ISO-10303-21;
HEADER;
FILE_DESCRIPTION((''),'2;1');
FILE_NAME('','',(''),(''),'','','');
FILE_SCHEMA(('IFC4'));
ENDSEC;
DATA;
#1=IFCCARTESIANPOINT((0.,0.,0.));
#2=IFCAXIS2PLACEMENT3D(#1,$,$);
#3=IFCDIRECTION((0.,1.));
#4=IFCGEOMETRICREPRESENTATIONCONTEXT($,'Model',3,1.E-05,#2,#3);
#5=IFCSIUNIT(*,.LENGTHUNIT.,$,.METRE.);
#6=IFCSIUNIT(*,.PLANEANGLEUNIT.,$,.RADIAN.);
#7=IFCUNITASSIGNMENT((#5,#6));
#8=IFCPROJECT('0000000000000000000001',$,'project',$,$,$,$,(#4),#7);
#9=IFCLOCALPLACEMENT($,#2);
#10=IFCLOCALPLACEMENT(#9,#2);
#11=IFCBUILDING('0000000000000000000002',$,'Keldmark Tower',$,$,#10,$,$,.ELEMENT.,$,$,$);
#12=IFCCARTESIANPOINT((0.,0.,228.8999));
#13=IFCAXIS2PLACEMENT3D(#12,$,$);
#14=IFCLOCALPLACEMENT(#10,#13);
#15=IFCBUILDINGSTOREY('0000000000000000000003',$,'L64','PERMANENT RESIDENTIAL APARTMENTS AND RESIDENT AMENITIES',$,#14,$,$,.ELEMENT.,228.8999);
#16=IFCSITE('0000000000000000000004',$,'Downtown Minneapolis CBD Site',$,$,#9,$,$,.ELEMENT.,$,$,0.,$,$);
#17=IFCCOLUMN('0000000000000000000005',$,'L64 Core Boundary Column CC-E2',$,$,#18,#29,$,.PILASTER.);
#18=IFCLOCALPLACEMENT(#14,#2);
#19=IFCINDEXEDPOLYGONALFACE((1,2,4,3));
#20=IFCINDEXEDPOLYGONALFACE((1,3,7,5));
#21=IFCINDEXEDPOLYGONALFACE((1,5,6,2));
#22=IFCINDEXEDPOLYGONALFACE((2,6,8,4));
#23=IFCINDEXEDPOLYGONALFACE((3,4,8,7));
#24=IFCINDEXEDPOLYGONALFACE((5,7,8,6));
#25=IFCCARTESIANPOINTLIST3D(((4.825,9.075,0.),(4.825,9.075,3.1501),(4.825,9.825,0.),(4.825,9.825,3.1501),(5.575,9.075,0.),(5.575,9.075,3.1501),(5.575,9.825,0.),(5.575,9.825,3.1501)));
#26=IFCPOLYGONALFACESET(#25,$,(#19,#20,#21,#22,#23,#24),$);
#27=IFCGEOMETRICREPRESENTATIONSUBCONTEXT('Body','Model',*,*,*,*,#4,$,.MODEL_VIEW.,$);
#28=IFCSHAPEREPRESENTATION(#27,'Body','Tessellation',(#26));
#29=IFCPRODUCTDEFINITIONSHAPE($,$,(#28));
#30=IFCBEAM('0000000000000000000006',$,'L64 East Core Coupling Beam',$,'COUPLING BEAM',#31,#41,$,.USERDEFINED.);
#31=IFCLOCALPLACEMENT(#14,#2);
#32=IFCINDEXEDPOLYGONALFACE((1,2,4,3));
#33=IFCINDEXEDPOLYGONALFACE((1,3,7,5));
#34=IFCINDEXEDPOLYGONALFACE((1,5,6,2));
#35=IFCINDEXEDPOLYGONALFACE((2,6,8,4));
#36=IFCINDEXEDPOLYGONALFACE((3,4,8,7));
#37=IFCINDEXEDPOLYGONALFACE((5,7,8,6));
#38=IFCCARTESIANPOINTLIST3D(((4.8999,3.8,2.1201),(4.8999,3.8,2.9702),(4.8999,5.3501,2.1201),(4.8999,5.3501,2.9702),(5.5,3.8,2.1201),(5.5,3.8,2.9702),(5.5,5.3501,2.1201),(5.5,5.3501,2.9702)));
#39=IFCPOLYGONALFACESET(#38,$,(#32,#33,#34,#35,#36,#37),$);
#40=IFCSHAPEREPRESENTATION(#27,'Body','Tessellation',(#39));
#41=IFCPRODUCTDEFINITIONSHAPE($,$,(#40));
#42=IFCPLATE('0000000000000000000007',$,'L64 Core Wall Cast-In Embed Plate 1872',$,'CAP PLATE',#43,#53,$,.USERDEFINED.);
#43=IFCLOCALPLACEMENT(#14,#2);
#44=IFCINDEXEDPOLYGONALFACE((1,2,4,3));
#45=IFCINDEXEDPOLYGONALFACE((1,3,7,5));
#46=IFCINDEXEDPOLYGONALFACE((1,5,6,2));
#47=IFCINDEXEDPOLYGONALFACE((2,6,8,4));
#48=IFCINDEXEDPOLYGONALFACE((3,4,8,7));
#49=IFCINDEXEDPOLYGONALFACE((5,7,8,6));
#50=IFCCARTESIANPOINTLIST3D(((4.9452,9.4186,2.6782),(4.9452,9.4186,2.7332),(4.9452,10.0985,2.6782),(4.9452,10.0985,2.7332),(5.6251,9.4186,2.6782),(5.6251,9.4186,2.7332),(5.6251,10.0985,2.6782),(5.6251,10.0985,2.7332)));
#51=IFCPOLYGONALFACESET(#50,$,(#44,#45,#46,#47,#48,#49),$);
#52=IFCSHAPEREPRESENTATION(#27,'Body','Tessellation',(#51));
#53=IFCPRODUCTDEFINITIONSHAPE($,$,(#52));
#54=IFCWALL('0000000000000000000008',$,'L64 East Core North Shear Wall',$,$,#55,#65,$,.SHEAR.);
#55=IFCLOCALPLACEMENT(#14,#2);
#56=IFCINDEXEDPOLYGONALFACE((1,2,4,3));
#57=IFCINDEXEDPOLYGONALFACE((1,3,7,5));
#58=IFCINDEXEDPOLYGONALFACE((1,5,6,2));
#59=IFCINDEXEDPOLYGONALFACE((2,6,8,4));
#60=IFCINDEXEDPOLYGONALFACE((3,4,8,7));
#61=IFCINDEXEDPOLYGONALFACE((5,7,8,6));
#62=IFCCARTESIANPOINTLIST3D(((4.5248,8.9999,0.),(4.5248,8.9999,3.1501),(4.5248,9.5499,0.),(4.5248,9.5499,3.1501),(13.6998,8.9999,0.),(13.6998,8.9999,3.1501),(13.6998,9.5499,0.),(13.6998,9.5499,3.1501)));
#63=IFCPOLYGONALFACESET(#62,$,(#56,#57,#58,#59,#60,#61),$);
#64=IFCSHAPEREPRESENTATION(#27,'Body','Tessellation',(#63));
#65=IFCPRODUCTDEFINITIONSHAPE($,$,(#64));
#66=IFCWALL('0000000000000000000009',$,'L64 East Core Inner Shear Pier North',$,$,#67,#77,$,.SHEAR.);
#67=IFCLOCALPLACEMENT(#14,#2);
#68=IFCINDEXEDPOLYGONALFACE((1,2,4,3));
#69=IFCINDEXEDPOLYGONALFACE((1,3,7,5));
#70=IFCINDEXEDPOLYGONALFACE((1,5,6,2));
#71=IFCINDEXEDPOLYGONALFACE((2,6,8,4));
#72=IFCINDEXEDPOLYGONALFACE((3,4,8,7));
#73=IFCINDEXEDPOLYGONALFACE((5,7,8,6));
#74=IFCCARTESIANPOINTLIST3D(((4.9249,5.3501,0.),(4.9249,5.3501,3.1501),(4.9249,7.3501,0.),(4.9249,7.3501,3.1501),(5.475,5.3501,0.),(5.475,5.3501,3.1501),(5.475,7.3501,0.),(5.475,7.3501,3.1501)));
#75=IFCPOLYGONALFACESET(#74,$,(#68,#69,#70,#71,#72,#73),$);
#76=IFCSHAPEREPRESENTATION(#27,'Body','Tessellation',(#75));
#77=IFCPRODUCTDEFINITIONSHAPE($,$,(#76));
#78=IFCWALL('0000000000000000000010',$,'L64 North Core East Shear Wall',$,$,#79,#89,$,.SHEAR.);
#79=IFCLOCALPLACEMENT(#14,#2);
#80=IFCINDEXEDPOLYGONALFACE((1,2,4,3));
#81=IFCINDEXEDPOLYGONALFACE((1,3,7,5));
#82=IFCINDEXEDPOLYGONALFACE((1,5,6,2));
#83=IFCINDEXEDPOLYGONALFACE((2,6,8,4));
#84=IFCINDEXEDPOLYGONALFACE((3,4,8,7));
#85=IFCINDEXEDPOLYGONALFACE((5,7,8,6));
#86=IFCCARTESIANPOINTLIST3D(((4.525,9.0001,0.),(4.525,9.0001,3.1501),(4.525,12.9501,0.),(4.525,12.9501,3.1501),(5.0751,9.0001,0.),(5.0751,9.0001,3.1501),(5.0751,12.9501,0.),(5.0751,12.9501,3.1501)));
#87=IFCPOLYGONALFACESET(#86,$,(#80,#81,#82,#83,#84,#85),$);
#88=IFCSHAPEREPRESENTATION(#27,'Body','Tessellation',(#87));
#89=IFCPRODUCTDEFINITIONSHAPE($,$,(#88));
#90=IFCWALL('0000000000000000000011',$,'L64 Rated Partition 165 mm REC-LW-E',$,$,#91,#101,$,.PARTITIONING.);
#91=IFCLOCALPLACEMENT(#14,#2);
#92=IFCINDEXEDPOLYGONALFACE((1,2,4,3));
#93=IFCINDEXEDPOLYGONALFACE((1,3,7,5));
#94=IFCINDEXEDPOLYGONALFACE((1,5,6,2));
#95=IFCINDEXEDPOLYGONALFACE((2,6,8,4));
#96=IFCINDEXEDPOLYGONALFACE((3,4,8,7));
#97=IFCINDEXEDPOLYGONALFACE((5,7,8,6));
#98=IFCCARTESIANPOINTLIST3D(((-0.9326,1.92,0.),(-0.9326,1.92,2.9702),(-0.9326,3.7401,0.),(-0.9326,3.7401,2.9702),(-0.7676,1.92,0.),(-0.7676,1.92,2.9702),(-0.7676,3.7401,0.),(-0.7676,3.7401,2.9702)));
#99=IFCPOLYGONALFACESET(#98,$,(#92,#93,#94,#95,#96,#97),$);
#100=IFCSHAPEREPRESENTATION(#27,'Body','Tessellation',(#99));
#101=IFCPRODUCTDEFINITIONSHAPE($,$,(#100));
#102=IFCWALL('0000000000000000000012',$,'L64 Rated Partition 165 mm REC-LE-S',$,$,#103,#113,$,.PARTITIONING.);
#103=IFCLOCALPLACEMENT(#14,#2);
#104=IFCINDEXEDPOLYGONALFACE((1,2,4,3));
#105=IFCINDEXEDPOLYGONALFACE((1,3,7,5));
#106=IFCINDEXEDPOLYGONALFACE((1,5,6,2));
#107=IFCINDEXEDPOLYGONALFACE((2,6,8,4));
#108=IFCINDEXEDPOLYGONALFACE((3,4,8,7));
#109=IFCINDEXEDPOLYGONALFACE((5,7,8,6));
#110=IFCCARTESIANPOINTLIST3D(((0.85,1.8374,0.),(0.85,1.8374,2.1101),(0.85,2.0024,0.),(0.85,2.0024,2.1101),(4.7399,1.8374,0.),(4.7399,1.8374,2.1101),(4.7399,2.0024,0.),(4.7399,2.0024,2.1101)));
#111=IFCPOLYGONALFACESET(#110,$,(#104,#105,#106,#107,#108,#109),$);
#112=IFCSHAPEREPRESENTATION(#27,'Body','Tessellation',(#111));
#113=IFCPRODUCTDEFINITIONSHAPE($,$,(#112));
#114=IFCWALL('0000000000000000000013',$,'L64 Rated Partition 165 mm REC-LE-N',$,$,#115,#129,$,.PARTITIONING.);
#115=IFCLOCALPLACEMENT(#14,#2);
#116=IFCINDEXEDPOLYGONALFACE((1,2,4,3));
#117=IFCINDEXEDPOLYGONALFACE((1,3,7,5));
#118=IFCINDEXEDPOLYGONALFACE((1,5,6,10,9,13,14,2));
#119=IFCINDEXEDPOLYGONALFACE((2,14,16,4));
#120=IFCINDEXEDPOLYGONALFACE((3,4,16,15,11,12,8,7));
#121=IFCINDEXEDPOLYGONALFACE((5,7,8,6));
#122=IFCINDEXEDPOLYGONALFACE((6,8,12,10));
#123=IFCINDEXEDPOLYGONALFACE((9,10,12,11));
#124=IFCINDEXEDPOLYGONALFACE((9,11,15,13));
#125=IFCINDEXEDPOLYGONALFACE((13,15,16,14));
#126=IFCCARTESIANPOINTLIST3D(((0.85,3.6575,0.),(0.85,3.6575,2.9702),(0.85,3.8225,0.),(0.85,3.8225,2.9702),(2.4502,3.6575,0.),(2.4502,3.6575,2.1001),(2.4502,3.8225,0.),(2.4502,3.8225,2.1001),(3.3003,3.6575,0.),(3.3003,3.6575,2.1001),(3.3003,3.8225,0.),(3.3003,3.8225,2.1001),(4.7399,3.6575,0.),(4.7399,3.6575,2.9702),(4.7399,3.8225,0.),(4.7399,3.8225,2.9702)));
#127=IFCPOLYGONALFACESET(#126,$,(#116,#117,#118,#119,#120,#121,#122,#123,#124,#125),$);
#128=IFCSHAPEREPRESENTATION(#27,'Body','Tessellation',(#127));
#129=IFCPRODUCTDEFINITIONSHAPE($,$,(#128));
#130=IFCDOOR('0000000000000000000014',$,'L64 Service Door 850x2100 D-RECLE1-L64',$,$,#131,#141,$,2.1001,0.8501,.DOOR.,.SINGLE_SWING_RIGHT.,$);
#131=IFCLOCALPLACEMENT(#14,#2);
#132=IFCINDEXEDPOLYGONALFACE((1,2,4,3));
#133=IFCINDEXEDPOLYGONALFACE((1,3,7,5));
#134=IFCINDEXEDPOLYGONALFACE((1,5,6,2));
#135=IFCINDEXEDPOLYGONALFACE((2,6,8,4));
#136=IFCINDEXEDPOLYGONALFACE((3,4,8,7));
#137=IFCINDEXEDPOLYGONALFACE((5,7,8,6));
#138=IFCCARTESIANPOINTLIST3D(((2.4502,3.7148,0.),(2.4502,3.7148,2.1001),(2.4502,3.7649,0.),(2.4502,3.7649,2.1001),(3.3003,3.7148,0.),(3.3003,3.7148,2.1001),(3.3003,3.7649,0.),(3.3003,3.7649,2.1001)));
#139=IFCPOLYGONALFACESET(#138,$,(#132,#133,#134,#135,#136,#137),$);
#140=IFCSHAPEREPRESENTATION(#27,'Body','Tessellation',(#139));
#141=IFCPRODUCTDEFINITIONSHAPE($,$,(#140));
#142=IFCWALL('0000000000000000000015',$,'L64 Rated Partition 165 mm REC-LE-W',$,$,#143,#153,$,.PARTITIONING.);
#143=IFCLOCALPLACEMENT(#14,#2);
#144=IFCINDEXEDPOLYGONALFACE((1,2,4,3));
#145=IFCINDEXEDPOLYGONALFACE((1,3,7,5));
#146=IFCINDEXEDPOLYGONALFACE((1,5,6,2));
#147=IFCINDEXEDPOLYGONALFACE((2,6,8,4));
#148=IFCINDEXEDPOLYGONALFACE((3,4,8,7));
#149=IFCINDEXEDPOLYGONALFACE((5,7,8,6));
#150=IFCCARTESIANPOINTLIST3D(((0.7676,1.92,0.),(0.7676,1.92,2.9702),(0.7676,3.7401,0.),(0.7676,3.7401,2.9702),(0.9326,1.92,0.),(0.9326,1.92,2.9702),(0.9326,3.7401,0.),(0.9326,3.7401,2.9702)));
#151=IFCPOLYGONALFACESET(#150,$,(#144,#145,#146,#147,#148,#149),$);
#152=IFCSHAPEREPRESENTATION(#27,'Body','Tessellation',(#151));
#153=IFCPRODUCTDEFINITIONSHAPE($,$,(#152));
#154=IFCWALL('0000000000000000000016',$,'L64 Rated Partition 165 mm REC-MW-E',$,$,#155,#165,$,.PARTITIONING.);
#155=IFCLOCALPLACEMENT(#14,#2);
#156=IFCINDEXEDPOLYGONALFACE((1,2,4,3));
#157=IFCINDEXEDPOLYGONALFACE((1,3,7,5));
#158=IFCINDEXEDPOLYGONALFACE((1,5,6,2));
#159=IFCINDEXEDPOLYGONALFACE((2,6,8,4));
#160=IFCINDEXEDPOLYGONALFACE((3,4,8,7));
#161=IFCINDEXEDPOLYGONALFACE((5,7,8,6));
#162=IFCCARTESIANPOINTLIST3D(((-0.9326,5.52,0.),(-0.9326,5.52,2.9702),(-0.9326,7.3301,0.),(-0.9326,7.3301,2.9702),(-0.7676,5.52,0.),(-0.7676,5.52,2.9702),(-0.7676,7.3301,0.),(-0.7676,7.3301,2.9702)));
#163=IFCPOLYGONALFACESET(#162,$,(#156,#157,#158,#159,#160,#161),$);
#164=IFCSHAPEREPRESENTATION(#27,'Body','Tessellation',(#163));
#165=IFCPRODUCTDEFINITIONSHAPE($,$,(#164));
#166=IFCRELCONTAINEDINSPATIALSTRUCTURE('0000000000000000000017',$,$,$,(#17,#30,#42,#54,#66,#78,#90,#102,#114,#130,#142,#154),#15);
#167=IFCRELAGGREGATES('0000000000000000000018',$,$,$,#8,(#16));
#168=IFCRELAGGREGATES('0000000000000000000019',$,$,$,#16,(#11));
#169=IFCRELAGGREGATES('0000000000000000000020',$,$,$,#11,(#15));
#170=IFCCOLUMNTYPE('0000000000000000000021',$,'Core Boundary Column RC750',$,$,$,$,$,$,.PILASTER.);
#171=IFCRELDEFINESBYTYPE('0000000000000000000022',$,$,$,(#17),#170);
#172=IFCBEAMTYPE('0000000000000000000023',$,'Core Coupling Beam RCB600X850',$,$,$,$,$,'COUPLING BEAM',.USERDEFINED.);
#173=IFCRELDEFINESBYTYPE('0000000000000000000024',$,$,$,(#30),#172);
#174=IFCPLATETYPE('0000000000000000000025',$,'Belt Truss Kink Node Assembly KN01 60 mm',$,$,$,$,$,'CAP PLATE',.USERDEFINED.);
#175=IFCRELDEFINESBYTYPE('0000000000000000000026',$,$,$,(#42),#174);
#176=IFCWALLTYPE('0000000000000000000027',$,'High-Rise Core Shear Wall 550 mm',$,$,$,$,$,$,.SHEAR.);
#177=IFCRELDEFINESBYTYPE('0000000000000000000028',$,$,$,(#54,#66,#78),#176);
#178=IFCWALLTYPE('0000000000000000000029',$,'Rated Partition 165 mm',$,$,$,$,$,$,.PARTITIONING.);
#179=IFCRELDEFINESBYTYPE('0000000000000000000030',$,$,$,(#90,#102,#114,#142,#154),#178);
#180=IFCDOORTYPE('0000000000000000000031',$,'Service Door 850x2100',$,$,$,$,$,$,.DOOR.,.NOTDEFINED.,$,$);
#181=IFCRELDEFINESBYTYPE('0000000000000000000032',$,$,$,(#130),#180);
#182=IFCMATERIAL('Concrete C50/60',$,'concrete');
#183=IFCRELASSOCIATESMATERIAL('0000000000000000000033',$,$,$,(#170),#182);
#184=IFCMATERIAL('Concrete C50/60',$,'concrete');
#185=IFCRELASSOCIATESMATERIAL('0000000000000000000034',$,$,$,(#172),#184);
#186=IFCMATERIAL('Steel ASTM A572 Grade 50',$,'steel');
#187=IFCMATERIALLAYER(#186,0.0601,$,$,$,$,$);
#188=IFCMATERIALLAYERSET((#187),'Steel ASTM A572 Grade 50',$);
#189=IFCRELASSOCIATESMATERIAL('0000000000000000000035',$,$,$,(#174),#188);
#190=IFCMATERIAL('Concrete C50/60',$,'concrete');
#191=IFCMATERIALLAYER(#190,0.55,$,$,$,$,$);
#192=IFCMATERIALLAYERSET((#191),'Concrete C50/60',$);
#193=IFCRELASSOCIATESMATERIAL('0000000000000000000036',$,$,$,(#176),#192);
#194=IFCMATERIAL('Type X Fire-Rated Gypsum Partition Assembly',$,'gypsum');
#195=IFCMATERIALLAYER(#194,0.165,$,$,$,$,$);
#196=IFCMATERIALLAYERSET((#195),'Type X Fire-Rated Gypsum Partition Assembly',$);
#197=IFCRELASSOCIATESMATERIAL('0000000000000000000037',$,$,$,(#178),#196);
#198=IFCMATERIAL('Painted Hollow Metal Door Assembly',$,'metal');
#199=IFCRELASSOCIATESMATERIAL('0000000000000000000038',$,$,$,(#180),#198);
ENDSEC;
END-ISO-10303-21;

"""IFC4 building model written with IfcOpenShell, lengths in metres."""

from ifc_helpers import new_model, si_unit, direction, frame, frame_2d, origin, origin_2d, place, context, subcontext, project, spatial, rectangle, extrude, material, layer, layer_set, material_profile, profile_set, type_object, element, fill, save


model = new_model("IFC4")

# Units and contexts
model_context = context("Model", 3, precision=1e-05, world=origin(), true_north=direction((0.0, 1.0)))
body_context = subcontext(model_context, "Body", "Model", "MODEL_VIEW")
ifc_project = project(units=[si_unit("LENGTHUNIT", "METRE"), si_unit("PLANEANGLEUNIT", "RADIAN")], contexts=[model_context])

# Site, building, storey
site_placement = place(None, origin())
site = spatial("IfcSite", under=ifc_project, at=site_placement, Name="Downtown Minneapolis CBD Site", CompositionType="ELEMENT", RefElevation=0.0)
building_placement = place(site_placement, origin())
building = spatial("IfcBuilding", under=site, at=building_placement, Name="Keldmark Tower", CompositionType="ELEMENT")
storey_placement = place(building_placement, frame((0.0, 0.0, 228.8999)))
storey = spatial("IfcBuildingStorey", under=building, at=storey_placement, Name="L64", Description="PERMANENT RESIDENTIAL APARTMENTS AND RESIDENT AMENITIES", CompositionType="ELEMENT", Elevation=228.8999)

# Column
ifc_material_1 = material(Name="Concrete C50/60", Category="concrete")
ifc_material_profile_1 = material_profile(ifc_material_1, rectangle(XDim=0.75, YDim=0.75, at=origin_2d()), Name="RC750X750")
ifc_profile_set_1 = profile_set([ifc_material_profile_1], Name="Concrete C50/60")
column_type = type_object("IfcColumnType", Name="Core Boundary Column RC750", PredefinedType="PILASTER", material=ifc_profile_set_1)
column_placement = place(storey_placement, frame((5.2, 9.45, 0.0), z_axis=(0.0, 0.0, 1.0), x_axis=(1.0, 0.0, 0.0)))
element("IfcColumn", 1, at=column_placement, inside=storey, type_object=column_type, Name="L64 Core Boundary Column CC-E2", PredefinedType="PILASTER", context=body_context, shape_type="SweptSolid", body=[
    extrude(rectangle(XDim=0.75, YDim=0.75, at=origin_2d()), origin(), (0.0, 0.0, 1.0), 3.1501),
])

# Beam
ifc_material_2 = material(Name="Concrete C50/60", Category="concrete")
ifc_material_profile_2 = material_profile(ifc_material_2, rectangle(XDim=0.6001, YDim=0.8501, at=origin_2d()), Name="RCB600X850")
ifc_profile_set_2 = profile_set([ifc_material_profile_2], Name="Concrete C50/60")
beam_type = type_object("IfcBeamType", Name="Core Coupling Beam RCB600X850", ElementType="COUPLING BEAM", PredefinedType="USERDEFINED", material=ifc_profile_set_2)
beam_placement = place(storey_placement, frame((5.2, 3.8, 2.5452), z_axis=(0.0, 1.0, 0.0), x_axis=(-1.0, 0.0, 0.0)))
element("IfcBeam", 2, at=beam_placement, inside=storey, type_object=beam_type, Name="L64 East Core Coupling Beam", ObjectType="COUPLING BEAM", PredefinedType="USERDEFINED", context=body_context, shape_type="SweptSolid", body=[
    extrude(rectangle(XDim=0.6001, YDim=0.8501, at=origin_2d()), origin(), (0.0, 0.0, 1.0), 1.55),
])

# Plate
ifc_material_3 = material(Name="Steel ASTM A572 Grade 50", Category="steel")
ifc_layer_1 = layer(ifc_material_3, 0.0601)
ifc_layer_set_1 = layer_set([ifc_layer_1], Name="Steel ASTM A572 Grade 50")
plate_type = type_object("IfcPlateType", Name="Belt Truss Kink Node Assembly KN01 60 mm", ElementType="CAP PLATE", PredefinedType="USERDEFINED", material=ifc_layer_set_1)
plate_placement = place(storey_placement, frame((5.2852, 9.7585, 2.6782), z_axis=(0.0, 0.0, 1.0), x_axis=(1.0, 0.0, 0.0)))
element("IfcPlate", 3, at=plate_placement, inside=storey, type_object=plate_type, Name="L64 Core Wall Cast-In Embed Plate 1872", ObjectType="CAP PLATE", PredefinedType="USERDEFINED", context=body_context, shape_type="SweptSolid", body=[
    extrude(rectangle(XDim=0.6799, YDim=0.6799, at=origin_2d()), origin(), (0.0, 0.0, 1.0), 0.0549),
])

# Walls
ifc_material_4 = material(Name="Concrete C50/60", Category="concrete")
ifc_layer_2 = layer(ifc_material_4, 0.55)
ifc_layer_set_2 = layer_set([ifc_layer_2], Name="Concrete C50/60")
wall_type_1 = type_object("IfcWallType", Name="High-Rise Core Shear Wall 550 mm", PredefinedType="SHEAR", material=ifc_layer_set_2)
wall_1_placement = place(storey_placement, frame((4.5249, 9.2749, 0.0), z_axis=(0.0, 0.0, 1.0), x_axis=(1.0, 0.0, 0.0)))
element("IfcWall", 4, at=wall_1_placement, inside=storey, type_object=wall_type_1, Name="L64 East Core North Shear Wall", PredefinedType="SHEAR", context=body_context, shape_type="SweptSolid", body=[
    extrude(rectangle(XDim=9.175, YDim=0.55, at=frame_2d((4.5874, 0.0))), origin(), (0.0, 0.0, 1.0), 3.1501),
])
wall_2_placement = place(storey_placement, frame((5.2, 5.3501, 0.0), z_axis=(0.0, 0.0, 1.0), x_axis=(0.0, 1.0, 0.0)))
element("IfcWall", 5, at=wall_2_placement, inside=storey, type_object=wall_type_1, Name="L64 East Core Inner Shear Pier North", PredefinedType="SHEAR", context=body_context, shape_type="SweptSolid", body=[
    extrude(rectangle(XDim=2.0, YDim=0.55, at=frame_2d((1.0, 0.0))), origin(), (0.0, 0.0, 1.0), 3.1501),
])
wall_3_placement = place(storey_placement, frame((4.8, 9.0, 0.0), z_axis=(0.0, 0.0, 1.0), x_axis=(0.0, 1.0, 0.0)))
element("IfcWall", 6, at=wall_3_placement, inside=storey, type_object=wall_type_1, Name="L64 North Core East Shear Wall", PredefinedType="SHEAR", context=body_context, shape_type="SweptSolid", body=[
    extrude(rectangle(XDim=3.95, YDim=0.55, at=frame_2d((1.9751, 0.0))), origin(), (0.0, 0.0, 1.0), 3.1501),
])
ifc_material_5 = material(Name="Type X Fire-Rated Gypsum Partition Assembly", Category="gypsum")
ifc_layer_3 = layer(ifc_material_5, 0.165)
ifc_layer_set_3 = layer_set([ifc_layer_3], Name="Type X Fire-Rated Gypsum Partition Assembly")
wall_type_2 = type_object("IfcWallType", Name="Rated Partition 165 mm", PredefinedType="PARTITIONING", material=ifc_layer_set_3)
wall_4_placement = place(storey_placement, frame((-0.8501, 1.9199, 0.0), z_axis=(0.0, 0.0, 1.0), x_axis=(0.0, 1.0, 0.0)))
element("IfcWall", 7, at=wall_4_placement, inside=storey, type_object=wall_type_2, Name="L64 Rated Partition 165 mm REC-LW-E", PredefinedType="PARTITIONING", context=body_context, shape_type="SweptSolid", body=[
    extrude(rectangle(XDim=1.8201, YDim=0.165, at=frame_2d((0.9102, 0.0))), origin(), (0.0, 0.0, 1.0), 2.9702),
])
wall_5_placement = place(storey_placement, frame((0.8501, 1.9199, 0.0), z_axis=(0.0, 0.0, 1.0), x_axis=(1.0, 0.0, 0.0)))
element("IfcWall", 8, at=wall_5_placement, inside=storey, type_object=wall_type_2, Name="L64 Rated Partition 165 mm REC-LE-S", PredefinedType="PARTITIONING", context=body_context, shape_type="SweptSolid", body=[
    extrude(rectangle(XDim=3.8899, YDim=0.165, at=frame_2d((1.9448, 0.0))), origin(), (0.0, 0.0, 1.0), 2.1101),
])

# Wall, opening, door
wall_6_placement = place(storey_placement, frame((0.8501, 3.74, 0.0), z_axis=(0.0, 0.0, 1.0), x_axis=(1.0, 0.0, 0.0)))
wall_6 = element("IfcWall", 9, at=wall_6_placement, inside=storey, type_object=wall_type_2, Name="L64 Rated Partition 165 mm REC-LE-N", PredefinedType="PARTITIONING", context=body_context, shape_type="SweptSolid", body=[
    extrude(rectangle(XDim=3.8899, YDim=0.165, at=frame_2d((1.9448, 0.0))), origin(), (0.0, 0.0, 1.0), 2.9702),
])
opening_1_placement = place(wall_6_placement, frame((1.6001, 0.0, 0.0)))
opening_1 = element("IfcOpeningElement", 10, at=opening_1_placement, cuts=wall_6, PredefinedType="OPENING", context=body_context, shape_type="SweptSolid", body=[
    extrude(rectangle(XDim=0.8501, YDim=2.1001, at=frame_2d((0.425, 1.05))), frame((0.0, 0.0925, 0.0), z_axis=(0.0, -1.0, 0.0), x_axis=(1.0, 0.0, 0.0)), (0.0, 0.0, 1.0), 0.1851),
])
ifc_material_6 = material(Name="Painted Hollow Metal Door Assembly", Category="metal")
door_type_1 = type_object("IfcDoorType", Name="Service Door 850x2100", OperationType="NOTDEFINED", PredefinedType="DOOR", material=ifc_material_6)
door_1_placement = place(opening_1_placement, origin())
door_1 = element("IfcDoor", 11, at=door_1_placement, inside=storey, type_object=door_type_1, Name="L64 Service Door 850x2100 D-RECLE1-L64", OperationType="SINGLE_SWING_RIGHT", OverallHeight=2.1001, OverallWidth=0.8501, PredefinedType="DOOR", context=body_context, shape_type="SweptSolid", body=[
    extrude(rectangle(XDim=0.8501, YDim=2.1001, at=frame_2d((0.425, 1.05))), frame((0.0, 0.0249, 0.0), z_axis=(0.0, -1.0, 0.0), x_axis=(1.0, 0.0, 0.0)), (0.0, 0.0, 1.0), 0.05),
])
fill(opening_1, door_1)

# Walls
wall_7_placement = place(storey_placement, frame((0.8501, 1.9199, 0.0), z_axis=(0.0, 0.0, 1.0), x_axis=(0.0, 1.0, 0.0)))
element("IfcWall", 12, at=wall_7_placement, inside=storey, type_object=wall_type_2, Name="L64 Rated Partition 165 mm REC-LE-W", PredefinedType="PARTITIONING", context=body_context, shape_type="SweptSolid", body=[
    extrude(rectangle(XDim=1.8201, YDim=0.165, at=frame_2d((0.9102, 0.0))), origin(), (0.0, 0.0, 1.0), 2.9702),
])
wall_8_placement = place(storey_placement, frame((-0.8501, 5.52, 0.0), z_axis=(0.0, 0.0, 1.0), x_axis=(0.0, 1.0, 0.0)))
element("IfcWall", 13, at=wall_8_placement, inside=storey, type_object=wall_type_2, Name="L64 Rated Partition 165 mm REC-MW-E", PredefinedType="PARTITIONING", context=body_context, shape_type="SweptSolid", body=[
    extrude(rectangle(XDim=1.8101, YDim=0.165, at=frame_2d((0.905, 0.0))), origin(), (0.0, 0.0, 1.0), 2.9702),
])

save(model, "model.ifc")
